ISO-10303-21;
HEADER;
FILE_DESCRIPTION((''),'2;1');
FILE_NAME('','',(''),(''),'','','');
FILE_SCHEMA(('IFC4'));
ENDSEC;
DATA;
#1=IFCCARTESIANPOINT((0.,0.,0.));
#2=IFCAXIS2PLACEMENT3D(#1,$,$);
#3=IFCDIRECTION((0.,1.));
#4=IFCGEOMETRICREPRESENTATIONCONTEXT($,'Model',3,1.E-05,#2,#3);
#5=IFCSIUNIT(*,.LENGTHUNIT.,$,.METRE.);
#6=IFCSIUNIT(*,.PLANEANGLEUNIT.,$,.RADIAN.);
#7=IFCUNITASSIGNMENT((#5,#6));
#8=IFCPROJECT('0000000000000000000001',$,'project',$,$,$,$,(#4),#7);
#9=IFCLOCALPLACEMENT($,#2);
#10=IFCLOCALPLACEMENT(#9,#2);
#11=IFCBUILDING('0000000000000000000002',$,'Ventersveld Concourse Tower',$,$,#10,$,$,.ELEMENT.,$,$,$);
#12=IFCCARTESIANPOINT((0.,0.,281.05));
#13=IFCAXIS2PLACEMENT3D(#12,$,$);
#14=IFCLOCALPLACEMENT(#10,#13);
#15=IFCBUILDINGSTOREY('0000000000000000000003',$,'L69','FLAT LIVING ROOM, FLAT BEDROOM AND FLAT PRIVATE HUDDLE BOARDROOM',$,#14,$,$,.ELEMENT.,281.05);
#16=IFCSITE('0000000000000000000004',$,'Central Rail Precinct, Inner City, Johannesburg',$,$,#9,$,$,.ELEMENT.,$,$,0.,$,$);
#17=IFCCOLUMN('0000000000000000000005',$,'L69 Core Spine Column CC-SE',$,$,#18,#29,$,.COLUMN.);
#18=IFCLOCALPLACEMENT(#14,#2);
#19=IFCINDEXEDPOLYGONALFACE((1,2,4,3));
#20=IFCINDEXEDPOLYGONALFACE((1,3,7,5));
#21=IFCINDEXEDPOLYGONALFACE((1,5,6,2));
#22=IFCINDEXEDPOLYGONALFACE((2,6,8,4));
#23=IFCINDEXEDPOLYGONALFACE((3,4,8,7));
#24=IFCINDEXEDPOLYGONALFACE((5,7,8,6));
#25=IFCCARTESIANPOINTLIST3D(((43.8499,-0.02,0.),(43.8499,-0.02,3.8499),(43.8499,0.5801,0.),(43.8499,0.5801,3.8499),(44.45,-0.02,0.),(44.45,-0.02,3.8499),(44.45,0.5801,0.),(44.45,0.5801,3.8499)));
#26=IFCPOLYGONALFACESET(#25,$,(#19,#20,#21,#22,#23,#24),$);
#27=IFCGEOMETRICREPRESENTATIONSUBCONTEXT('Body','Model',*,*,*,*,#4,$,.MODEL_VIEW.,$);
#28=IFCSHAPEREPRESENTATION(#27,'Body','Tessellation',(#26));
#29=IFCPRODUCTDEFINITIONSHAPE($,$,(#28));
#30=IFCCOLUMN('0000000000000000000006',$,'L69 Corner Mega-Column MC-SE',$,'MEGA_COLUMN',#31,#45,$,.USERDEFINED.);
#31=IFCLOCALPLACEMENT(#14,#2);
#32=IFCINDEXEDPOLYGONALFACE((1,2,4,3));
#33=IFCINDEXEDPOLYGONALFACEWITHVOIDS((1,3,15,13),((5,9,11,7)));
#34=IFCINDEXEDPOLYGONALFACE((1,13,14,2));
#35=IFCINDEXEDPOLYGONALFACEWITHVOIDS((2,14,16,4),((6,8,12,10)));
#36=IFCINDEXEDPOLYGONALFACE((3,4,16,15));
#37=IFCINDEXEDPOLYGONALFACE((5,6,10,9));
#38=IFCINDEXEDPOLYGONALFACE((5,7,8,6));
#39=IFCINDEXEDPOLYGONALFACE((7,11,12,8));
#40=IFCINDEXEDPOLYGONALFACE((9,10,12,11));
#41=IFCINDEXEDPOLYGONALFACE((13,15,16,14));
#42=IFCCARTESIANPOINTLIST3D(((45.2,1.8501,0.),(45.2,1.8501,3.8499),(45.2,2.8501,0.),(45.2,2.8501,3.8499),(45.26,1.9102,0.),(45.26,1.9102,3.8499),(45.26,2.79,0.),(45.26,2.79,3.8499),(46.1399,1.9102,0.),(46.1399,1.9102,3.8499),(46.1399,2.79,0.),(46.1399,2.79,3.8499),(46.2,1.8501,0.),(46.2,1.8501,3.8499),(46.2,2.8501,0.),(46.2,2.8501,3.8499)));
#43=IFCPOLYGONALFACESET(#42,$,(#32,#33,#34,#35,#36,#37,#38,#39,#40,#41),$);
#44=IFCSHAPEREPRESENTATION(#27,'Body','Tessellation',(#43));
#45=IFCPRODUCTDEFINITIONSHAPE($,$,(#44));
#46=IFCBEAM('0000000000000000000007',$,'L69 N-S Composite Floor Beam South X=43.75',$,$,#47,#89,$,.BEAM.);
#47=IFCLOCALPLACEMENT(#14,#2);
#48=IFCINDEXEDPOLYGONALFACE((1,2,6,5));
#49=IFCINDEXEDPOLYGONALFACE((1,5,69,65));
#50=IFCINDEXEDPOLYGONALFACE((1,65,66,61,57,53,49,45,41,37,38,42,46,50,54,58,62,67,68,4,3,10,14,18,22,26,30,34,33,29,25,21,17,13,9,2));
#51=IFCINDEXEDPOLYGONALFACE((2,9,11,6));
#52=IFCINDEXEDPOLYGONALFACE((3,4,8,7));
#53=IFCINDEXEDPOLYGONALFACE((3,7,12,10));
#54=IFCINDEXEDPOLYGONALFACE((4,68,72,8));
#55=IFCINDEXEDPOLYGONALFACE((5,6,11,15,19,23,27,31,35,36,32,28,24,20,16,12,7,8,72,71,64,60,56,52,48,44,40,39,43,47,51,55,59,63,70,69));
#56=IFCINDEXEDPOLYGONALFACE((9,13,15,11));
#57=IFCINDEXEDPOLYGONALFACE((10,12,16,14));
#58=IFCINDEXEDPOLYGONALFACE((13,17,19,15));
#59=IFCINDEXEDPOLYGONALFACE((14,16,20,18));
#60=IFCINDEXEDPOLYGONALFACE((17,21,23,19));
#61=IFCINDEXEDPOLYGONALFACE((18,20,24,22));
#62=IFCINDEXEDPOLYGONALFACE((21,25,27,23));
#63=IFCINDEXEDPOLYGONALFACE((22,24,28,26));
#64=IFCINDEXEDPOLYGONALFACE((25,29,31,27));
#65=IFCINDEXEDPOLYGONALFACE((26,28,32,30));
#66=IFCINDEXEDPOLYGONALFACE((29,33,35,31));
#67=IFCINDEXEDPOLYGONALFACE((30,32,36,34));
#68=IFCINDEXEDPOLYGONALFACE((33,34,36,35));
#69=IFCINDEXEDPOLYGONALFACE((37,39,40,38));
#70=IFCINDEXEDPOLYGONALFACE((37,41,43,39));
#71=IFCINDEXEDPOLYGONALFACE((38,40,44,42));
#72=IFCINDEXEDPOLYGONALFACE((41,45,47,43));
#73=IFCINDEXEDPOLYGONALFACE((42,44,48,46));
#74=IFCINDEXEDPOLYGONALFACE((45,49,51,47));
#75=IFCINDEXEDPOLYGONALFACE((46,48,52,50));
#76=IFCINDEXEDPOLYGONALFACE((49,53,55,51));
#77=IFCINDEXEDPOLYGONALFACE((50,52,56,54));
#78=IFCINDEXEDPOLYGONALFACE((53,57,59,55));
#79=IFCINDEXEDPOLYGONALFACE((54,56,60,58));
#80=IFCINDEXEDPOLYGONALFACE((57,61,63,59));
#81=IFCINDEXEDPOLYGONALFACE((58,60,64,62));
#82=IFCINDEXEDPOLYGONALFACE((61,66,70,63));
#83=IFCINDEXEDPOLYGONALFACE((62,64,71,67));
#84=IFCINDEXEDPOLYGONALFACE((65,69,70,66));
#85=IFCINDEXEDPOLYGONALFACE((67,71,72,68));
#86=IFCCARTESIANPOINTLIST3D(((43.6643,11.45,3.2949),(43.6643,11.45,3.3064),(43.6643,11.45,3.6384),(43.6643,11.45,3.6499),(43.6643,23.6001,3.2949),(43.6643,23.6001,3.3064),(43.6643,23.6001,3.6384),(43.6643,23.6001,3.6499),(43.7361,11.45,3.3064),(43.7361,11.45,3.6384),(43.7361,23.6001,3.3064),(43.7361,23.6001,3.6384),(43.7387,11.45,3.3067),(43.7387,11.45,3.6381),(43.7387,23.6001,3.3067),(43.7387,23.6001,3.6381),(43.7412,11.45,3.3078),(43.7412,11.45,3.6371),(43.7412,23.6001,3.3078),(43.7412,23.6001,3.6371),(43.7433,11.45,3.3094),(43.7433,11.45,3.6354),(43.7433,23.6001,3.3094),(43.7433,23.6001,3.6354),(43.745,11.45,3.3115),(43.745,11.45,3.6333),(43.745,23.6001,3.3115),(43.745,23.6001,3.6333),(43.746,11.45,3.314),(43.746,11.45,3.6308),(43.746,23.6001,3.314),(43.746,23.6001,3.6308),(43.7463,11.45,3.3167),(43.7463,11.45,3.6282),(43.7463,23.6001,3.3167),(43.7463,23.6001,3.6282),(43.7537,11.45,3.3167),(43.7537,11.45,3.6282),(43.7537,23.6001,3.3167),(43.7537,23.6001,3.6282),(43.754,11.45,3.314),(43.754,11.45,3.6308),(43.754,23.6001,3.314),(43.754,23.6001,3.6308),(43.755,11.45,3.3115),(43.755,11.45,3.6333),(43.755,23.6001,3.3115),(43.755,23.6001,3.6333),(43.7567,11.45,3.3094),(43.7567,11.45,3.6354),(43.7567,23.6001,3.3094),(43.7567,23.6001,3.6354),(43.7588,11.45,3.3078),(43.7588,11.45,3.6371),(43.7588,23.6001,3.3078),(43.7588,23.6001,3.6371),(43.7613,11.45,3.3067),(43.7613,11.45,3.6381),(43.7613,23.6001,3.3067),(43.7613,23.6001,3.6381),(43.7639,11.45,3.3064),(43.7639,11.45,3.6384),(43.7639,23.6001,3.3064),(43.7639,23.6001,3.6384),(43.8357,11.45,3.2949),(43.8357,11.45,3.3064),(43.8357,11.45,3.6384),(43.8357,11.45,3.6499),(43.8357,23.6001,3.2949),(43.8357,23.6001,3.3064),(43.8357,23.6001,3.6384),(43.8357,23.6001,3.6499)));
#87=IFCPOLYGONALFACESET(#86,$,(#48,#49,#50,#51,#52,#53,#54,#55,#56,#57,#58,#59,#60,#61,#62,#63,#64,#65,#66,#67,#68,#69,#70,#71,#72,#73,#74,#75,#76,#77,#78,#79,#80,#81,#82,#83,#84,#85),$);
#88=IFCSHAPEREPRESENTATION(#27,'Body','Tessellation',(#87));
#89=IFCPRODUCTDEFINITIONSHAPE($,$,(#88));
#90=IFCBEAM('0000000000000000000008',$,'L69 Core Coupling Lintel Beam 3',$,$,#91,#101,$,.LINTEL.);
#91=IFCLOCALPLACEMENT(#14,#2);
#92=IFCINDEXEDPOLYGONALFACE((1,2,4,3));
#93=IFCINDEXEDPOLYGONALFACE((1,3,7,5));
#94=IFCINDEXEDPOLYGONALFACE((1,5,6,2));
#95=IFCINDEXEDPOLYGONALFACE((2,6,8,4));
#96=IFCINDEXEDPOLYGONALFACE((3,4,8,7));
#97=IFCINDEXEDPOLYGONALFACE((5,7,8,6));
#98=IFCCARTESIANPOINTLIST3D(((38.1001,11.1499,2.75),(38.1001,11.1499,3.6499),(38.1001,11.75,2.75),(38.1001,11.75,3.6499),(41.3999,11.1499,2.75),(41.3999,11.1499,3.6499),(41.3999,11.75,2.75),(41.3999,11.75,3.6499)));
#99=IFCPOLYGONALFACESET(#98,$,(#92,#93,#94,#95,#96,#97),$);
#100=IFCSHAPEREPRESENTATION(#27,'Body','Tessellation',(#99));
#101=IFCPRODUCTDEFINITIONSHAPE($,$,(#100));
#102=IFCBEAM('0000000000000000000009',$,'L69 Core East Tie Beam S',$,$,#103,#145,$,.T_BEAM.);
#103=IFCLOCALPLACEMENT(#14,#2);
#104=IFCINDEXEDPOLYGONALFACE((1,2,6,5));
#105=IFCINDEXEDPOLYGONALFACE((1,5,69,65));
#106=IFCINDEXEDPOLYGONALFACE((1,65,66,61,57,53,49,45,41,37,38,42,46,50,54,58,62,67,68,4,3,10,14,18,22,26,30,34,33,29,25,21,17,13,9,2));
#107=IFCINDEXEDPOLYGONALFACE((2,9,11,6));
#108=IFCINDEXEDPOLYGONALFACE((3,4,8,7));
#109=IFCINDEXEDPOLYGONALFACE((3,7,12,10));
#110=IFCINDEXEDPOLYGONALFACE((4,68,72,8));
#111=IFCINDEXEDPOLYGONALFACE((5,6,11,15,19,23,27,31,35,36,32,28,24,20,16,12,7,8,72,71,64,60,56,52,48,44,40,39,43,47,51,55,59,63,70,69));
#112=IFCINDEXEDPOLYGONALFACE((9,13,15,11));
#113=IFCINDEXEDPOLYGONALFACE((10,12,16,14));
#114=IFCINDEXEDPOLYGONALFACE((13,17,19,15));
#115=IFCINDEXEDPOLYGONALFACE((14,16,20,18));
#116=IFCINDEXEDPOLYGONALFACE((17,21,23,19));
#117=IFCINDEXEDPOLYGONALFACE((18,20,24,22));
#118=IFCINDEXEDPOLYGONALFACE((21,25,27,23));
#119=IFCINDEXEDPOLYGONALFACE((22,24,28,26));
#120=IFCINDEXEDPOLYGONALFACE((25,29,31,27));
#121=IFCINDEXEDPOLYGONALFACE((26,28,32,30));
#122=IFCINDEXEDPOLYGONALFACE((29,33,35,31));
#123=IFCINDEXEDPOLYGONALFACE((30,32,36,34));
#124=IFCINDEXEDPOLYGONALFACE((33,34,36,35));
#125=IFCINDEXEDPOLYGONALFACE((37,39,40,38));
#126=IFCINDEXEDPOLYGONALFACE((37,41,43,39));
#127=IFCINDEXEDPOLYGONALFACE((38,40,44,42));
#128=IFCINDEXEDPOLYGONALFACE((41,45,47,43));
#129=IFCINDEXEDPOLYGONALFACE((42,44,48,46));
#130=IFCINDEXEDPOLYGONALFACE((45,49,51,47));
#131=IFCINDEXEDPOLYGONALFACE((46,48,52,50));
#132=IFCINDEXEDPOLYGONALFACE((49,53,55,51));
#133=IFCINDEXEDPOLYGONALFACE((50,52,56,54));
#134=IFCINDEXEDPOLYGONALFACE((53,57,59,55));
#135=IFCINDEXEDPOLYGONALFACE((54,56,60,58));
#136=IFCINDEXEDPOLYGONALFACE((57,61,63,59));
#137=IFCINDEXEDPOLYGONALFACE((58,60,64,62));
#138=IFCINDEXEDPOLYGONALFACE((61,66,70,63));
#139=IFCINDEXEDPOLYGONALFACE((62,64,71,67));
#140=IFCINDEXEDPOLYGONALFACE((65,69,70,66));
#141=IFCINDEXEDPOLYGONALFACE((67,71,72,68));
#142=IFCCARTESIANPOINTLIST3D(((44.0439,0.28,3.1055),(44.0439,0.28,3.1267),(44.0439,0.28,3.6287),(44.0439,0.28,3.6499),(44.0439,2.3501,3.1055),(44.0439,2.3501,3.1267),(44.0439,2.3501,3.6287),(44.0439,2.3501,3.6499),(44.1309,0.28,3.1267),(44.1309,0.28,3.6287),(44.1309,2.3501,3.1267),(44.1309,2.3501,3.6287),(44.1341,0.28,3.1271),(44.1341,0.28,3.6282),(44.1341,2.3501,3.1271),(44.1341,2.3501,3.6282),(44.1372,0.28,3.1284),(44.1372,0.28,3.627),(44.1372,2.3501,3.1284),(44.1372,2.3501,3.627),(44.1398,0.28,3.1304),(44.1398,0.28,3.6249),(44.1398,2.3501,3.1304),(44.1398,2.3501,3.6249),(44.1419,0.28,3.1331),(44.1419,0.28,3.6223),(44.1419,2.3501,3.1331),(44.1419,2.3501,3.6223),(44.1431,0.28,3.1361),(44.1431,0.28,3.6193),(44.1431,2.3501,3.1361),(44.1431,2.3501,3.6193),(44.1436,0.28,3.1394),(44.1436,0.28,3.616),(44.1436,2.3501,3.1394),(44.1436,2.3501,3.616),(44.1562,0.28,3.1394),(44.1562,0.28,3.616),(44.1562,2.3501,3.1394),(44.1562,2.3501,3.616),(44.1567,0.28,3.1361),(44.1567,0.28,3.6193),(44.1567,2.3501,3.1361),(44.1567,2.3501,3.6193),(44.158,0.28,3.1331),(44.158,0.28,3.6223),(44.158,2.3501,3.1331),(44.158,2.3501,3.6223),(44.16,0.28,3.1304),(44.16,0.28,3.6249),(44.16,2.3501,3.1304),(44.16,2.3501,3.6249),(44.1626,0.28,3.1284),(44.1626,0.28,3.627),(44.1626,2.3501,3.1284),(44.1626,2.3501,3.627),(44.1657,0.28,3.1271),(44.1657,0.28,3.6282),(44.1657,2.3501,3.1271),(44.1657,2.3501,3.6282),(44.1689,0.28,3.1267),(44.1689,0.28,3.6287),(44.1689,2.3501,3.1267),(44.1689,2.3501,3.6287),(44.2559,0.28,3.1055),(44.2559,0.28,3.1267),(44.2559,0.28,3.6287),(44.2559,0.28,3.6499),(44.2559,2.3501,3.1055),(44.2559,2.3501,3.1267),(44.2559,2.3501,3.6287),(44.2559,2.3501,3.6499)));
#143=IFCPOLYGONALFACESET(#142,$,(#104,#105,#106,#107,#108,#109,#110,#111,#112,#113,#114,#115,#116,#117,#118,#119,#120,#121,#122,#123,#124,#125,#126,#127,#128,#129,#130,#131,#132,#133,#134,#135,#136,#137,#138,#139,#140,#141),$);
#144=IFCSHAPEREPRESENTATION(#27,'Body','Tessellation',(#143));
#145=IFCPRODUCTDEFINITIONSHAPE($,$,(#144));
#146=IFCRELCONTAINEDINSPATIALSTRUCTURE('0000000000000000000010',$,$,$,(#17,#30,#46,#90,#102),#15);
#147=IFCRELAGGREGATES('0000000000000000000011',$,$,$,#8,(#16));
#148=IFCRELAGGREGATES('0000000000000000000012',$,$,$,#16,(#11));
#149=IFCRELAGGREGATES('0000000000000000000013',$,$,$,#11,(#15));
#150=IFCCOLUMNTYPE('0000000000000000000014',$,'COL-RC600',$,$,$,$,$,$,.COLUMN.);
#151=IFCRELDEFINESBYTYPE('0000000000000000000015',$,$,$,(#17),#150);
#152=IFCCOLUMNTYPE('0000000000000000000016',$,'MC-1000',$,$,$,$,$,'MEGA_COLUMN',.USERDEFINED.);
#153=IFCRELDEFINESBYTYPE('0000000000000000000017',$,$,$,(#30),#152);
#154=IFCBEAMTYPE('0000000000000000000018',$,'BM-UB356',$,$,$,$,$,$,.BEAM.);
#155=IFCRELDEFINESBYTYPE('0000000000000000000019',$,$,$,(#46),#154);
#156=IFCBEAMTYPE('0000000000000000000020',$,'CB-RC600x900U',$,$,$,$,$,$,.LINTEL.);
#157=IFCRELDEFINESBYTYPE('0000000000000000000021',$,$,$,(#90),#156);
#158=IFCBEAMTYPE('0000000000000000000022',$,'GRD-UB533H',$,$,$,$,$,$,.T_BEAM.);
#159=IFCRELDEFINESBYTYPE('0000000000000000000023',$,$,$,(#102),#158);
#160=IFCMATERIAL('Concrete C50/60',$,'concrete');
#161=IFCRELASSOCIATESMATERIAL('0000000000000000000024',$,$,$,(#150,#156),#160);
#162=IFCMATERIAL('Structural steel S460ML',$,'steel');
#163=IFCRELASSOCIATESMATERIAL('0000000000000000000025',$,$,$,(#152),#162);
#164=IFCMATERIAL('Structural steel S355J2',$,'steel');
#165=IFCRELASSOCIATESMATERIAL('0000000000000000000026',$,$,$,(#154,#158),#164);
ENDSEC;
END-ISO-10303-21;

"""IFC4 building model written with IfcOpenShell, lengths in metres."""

from ifc_helpers import new_model, si_unit, direction, frame, origin, origin_2d, place, context, subcontext, project, spatial, rectangle, hollow_rectangle, i_section, extrude, material, material_profile, profile_set, type_object, element, save


model = new_model("IFC4")

# Units and contexts
model_context = context("Model", 3, precision=1e-05, world=origin(), true_north=direction((0.0, 1.0)))
body_context = subcontext(model_context, "Body", "Model", "MODEL_VIEW")
ifc_project = project(units=[si_unit("LENGTHUNIT", "METRE"), si_unit("PLANEANGLEUNIT", "RADIAN")], contexts=[model_context])

# Site, building, storey
site_placement = place(None, origin())
site = spatial("IfcSite", under=ifc_project, at=site_placement, Name="Central Rail Precinct, Inner City, Johannesburg", CompositionType="ELEMENT", RefElevation=0.0)
building_placement = place(site_placement, origin())
building = spatial("IfcBuilding", under=site, at=building_placement, Name="Ventersveld Concourse Tower", CompositionType="ELEMENT")
storey_placement = place(building_placement, frame((0.0, 0.0, 281.05)))
storey = spatial("IfcBuildingStorey", under=building, at=storey_placement, Name="L69", Description="FLAT LIVING ROOM, FLAT BEDROOM AND FLAT PRIVATE HUDDLE BOARDROOM", CompositionType="ELEMENT", Elevation=281.05)

# Columns
ifc_material_1 = material(Name="Concrete C50/60", Category="concrete")
ifc_material_profile_1 = material_profile(ifc_material_1, rectangle(XDim=0.6001, YDim=0.6001, at=origin_2d()), Name="RC 600x600")
ifc_profile_set_1 = profile_set([ifc_material_profile_1], Name="Concrete C50/60")
column_type_1 = type_object("IfcColumnType", Name="COL-RC600", PredefinedType="COLUMN", material=ifc_profile_set_1)
column_1_placement = place(storey_placement, frame((44.1499, 0.28, 0.0), z_axis=(0.0, 0.0, 1.0), x_axis=(1.0, 0.0, 0.0)))
element("IfcColumn", 1, at=column_1_placement, inside=storey, type_object=column_type_1, Name="L69 Core Spine Column CC-SE", PredefinedType="COLUMN", context=body_context, shape_type="SweptSolid", body=[
    extrude(rectangle(XDim=0.6001, YDim=0.6001, at=origin_2d()), origin(), (0.0, 0.0, 1.0), 3.8499),
])
ifc_material_2 = material(Name="Structural steel S460ML", Category="steel")
ifc_material_profile_2 = material_profile(ifc_material_2, hollow_rectangle(XDim=1.0, YDim=1.0, WallThickness=0.0601, at=origin_2d()), Name="BOX 1000x1000x60")
ifc_profile_set_2 = profile_set([ifc_material_profile_2], Name="Structural steel S460ML")
column_type_2 = type_object("IfcColumnType", Name="MC-1000", ElementType="MEGA_COLUMN", PredefinedType="USERDEFINED", material=ifc_profile_set_2)
column_2_placement = place(storey_placement, frame((45.7, 2.3501, 0.0), z_axis=(0.0, 0.0, 1.0), x_axis=(1.0, 0.0, 0.0)))
element("IfcColumn", 2, at=column_2_placement, inside=storey, type_object=column_type_2, Name="L69 Corner Mega-Column MC-SE", ObjectType="MEGA_COLUMN", PredefinedType="USERDEFINED", context=body_context, shape_type="SweptSolid", body=[
    extrude(hollow_rectangle(XDim=1.0, YDim=1.0, WallThickness=0.0601, at=origin_2d()), origin(), (0.0, 0.0, 1.0), 3.8499),
])

# Beams
ifc_material_3 = material(Name="Structural steel S355J2", Category="steel")
ifc_material_profile_3 = material_profile(ifc_material_3, i_section(OverallWidth=0.1714, OverallDepth=0.355, WebThickness=0.0073, FlangeThickness=0.0115, FilletRadius=0.0103, at=origin_2d()), Name="UB 356x171x51")
ifc_profile_set_3 = profile_set([ifc_material_profile_3], Name="Structural steel S355J2")
beam_type_1 = type_object("IfcBeamType", Name="BM-UB356", PredefinedType="BEAM", material=ifc_profile_set_3)
beam_1_placement = place(storey_placement, frame((43.75, 11.45, 3.4724), z_axis=(0.0, 1.0, 0.0), x_axis=(-1.0, 0.0, 0.0)))
element("IfcBeam", 3, at=beam_1_placement, inside=storey, type_object=beam_type_1, Name="L69 N-S Composite Floor Beam South X=43.75", PredefinedType="BEAM", context=body_context, shape_type="SweptSolid", body=[
    extrude(i_section(OverallWidth=0.1714, OverallDepth=0.355, WebThickness=0.0073, FlangeThickness=0.0115, FilletRadius=0.0103, at=origin_2d()), origin(), (0.0, 0.0, 1.0), 12.1501),
])
ifc_material_profile_4 = material_profile(ifc_material_1, rectangle(XDim=0.6001, YDim=0.8999, at=origin_2d()), Name="RC 600x900")
ifc_profile_set_4 = profile_set([ifc_material_profile_4], Name="Concrete C50/60")
beam_type_2 = type_object("IfcBeamType", Name="CB-RC600x900U", PredefinedType="LINTEL", material=ifc_profile_set_4)
beam_2_placement = place(storey_placement, frame((38.1001, 11.45, 3.2), z_axis=(1.0, 0.0, 0.0), x_axis=(0.0, 1.0, 0.0)))
element("IfcBeam", 4, at=beam_2_placement, inside=storey, type_object=beam_type_2, Name="L69 Core Coupling Lintel Beam 3", PredefinedType="LINTEL", context=body_context, shape_type="SweptSolid", body=[
    extrude(rectangle(XDim=0.6001, YDim=0.8999, at=origin_2d()), origin(), (0.0, 0.0, 1.0), 3.2998),
])
ifc_material_profile_5 = material_profile(ifc_material_3, i_section(OverallWidth=0.2119, OverallDepth=0.5444, WebThickness=0.0127, FlangeThickness=0.0212, FilletRadius=0.0127, at=origin_2d()), Name="UB 533x210x122")
ifc_profile_set_5 = profile_set([ifc_material_profile_5], Name="Structural steel S355J2")
beam_type_3 = type_object("IfcBeamType", Name="GRD-UB533H", PredefinedType="T_BEAM", material=ifc_profile_set_5)
beam_3_placement = place(storey_placement, frame((44.1499, 0.28, 3.3777), z_axis=(0.0, 1.0, 0.0), x_axis=(-1.0, 0.0, 0.0)))
element("IfcBeam", 5, at=beam_3_placement, inside=storey, type_object=beam_type_3, Name="L69 Core East Tie Beam S", PredefinedType="T_BEAM", context=body_context, shape_type="SweptSolid", body=[
    extrude(i_section(OverallWidth=0.2119, OverallDepth=0.5444, WebThickness=0.0127, FlangeThickness=0.0212, FilletRadius=0.0127, at=origin_2d()), origin(), (0.0, 0.0, 1.0), 2.0701),
])

save(model, "model.ifc")
